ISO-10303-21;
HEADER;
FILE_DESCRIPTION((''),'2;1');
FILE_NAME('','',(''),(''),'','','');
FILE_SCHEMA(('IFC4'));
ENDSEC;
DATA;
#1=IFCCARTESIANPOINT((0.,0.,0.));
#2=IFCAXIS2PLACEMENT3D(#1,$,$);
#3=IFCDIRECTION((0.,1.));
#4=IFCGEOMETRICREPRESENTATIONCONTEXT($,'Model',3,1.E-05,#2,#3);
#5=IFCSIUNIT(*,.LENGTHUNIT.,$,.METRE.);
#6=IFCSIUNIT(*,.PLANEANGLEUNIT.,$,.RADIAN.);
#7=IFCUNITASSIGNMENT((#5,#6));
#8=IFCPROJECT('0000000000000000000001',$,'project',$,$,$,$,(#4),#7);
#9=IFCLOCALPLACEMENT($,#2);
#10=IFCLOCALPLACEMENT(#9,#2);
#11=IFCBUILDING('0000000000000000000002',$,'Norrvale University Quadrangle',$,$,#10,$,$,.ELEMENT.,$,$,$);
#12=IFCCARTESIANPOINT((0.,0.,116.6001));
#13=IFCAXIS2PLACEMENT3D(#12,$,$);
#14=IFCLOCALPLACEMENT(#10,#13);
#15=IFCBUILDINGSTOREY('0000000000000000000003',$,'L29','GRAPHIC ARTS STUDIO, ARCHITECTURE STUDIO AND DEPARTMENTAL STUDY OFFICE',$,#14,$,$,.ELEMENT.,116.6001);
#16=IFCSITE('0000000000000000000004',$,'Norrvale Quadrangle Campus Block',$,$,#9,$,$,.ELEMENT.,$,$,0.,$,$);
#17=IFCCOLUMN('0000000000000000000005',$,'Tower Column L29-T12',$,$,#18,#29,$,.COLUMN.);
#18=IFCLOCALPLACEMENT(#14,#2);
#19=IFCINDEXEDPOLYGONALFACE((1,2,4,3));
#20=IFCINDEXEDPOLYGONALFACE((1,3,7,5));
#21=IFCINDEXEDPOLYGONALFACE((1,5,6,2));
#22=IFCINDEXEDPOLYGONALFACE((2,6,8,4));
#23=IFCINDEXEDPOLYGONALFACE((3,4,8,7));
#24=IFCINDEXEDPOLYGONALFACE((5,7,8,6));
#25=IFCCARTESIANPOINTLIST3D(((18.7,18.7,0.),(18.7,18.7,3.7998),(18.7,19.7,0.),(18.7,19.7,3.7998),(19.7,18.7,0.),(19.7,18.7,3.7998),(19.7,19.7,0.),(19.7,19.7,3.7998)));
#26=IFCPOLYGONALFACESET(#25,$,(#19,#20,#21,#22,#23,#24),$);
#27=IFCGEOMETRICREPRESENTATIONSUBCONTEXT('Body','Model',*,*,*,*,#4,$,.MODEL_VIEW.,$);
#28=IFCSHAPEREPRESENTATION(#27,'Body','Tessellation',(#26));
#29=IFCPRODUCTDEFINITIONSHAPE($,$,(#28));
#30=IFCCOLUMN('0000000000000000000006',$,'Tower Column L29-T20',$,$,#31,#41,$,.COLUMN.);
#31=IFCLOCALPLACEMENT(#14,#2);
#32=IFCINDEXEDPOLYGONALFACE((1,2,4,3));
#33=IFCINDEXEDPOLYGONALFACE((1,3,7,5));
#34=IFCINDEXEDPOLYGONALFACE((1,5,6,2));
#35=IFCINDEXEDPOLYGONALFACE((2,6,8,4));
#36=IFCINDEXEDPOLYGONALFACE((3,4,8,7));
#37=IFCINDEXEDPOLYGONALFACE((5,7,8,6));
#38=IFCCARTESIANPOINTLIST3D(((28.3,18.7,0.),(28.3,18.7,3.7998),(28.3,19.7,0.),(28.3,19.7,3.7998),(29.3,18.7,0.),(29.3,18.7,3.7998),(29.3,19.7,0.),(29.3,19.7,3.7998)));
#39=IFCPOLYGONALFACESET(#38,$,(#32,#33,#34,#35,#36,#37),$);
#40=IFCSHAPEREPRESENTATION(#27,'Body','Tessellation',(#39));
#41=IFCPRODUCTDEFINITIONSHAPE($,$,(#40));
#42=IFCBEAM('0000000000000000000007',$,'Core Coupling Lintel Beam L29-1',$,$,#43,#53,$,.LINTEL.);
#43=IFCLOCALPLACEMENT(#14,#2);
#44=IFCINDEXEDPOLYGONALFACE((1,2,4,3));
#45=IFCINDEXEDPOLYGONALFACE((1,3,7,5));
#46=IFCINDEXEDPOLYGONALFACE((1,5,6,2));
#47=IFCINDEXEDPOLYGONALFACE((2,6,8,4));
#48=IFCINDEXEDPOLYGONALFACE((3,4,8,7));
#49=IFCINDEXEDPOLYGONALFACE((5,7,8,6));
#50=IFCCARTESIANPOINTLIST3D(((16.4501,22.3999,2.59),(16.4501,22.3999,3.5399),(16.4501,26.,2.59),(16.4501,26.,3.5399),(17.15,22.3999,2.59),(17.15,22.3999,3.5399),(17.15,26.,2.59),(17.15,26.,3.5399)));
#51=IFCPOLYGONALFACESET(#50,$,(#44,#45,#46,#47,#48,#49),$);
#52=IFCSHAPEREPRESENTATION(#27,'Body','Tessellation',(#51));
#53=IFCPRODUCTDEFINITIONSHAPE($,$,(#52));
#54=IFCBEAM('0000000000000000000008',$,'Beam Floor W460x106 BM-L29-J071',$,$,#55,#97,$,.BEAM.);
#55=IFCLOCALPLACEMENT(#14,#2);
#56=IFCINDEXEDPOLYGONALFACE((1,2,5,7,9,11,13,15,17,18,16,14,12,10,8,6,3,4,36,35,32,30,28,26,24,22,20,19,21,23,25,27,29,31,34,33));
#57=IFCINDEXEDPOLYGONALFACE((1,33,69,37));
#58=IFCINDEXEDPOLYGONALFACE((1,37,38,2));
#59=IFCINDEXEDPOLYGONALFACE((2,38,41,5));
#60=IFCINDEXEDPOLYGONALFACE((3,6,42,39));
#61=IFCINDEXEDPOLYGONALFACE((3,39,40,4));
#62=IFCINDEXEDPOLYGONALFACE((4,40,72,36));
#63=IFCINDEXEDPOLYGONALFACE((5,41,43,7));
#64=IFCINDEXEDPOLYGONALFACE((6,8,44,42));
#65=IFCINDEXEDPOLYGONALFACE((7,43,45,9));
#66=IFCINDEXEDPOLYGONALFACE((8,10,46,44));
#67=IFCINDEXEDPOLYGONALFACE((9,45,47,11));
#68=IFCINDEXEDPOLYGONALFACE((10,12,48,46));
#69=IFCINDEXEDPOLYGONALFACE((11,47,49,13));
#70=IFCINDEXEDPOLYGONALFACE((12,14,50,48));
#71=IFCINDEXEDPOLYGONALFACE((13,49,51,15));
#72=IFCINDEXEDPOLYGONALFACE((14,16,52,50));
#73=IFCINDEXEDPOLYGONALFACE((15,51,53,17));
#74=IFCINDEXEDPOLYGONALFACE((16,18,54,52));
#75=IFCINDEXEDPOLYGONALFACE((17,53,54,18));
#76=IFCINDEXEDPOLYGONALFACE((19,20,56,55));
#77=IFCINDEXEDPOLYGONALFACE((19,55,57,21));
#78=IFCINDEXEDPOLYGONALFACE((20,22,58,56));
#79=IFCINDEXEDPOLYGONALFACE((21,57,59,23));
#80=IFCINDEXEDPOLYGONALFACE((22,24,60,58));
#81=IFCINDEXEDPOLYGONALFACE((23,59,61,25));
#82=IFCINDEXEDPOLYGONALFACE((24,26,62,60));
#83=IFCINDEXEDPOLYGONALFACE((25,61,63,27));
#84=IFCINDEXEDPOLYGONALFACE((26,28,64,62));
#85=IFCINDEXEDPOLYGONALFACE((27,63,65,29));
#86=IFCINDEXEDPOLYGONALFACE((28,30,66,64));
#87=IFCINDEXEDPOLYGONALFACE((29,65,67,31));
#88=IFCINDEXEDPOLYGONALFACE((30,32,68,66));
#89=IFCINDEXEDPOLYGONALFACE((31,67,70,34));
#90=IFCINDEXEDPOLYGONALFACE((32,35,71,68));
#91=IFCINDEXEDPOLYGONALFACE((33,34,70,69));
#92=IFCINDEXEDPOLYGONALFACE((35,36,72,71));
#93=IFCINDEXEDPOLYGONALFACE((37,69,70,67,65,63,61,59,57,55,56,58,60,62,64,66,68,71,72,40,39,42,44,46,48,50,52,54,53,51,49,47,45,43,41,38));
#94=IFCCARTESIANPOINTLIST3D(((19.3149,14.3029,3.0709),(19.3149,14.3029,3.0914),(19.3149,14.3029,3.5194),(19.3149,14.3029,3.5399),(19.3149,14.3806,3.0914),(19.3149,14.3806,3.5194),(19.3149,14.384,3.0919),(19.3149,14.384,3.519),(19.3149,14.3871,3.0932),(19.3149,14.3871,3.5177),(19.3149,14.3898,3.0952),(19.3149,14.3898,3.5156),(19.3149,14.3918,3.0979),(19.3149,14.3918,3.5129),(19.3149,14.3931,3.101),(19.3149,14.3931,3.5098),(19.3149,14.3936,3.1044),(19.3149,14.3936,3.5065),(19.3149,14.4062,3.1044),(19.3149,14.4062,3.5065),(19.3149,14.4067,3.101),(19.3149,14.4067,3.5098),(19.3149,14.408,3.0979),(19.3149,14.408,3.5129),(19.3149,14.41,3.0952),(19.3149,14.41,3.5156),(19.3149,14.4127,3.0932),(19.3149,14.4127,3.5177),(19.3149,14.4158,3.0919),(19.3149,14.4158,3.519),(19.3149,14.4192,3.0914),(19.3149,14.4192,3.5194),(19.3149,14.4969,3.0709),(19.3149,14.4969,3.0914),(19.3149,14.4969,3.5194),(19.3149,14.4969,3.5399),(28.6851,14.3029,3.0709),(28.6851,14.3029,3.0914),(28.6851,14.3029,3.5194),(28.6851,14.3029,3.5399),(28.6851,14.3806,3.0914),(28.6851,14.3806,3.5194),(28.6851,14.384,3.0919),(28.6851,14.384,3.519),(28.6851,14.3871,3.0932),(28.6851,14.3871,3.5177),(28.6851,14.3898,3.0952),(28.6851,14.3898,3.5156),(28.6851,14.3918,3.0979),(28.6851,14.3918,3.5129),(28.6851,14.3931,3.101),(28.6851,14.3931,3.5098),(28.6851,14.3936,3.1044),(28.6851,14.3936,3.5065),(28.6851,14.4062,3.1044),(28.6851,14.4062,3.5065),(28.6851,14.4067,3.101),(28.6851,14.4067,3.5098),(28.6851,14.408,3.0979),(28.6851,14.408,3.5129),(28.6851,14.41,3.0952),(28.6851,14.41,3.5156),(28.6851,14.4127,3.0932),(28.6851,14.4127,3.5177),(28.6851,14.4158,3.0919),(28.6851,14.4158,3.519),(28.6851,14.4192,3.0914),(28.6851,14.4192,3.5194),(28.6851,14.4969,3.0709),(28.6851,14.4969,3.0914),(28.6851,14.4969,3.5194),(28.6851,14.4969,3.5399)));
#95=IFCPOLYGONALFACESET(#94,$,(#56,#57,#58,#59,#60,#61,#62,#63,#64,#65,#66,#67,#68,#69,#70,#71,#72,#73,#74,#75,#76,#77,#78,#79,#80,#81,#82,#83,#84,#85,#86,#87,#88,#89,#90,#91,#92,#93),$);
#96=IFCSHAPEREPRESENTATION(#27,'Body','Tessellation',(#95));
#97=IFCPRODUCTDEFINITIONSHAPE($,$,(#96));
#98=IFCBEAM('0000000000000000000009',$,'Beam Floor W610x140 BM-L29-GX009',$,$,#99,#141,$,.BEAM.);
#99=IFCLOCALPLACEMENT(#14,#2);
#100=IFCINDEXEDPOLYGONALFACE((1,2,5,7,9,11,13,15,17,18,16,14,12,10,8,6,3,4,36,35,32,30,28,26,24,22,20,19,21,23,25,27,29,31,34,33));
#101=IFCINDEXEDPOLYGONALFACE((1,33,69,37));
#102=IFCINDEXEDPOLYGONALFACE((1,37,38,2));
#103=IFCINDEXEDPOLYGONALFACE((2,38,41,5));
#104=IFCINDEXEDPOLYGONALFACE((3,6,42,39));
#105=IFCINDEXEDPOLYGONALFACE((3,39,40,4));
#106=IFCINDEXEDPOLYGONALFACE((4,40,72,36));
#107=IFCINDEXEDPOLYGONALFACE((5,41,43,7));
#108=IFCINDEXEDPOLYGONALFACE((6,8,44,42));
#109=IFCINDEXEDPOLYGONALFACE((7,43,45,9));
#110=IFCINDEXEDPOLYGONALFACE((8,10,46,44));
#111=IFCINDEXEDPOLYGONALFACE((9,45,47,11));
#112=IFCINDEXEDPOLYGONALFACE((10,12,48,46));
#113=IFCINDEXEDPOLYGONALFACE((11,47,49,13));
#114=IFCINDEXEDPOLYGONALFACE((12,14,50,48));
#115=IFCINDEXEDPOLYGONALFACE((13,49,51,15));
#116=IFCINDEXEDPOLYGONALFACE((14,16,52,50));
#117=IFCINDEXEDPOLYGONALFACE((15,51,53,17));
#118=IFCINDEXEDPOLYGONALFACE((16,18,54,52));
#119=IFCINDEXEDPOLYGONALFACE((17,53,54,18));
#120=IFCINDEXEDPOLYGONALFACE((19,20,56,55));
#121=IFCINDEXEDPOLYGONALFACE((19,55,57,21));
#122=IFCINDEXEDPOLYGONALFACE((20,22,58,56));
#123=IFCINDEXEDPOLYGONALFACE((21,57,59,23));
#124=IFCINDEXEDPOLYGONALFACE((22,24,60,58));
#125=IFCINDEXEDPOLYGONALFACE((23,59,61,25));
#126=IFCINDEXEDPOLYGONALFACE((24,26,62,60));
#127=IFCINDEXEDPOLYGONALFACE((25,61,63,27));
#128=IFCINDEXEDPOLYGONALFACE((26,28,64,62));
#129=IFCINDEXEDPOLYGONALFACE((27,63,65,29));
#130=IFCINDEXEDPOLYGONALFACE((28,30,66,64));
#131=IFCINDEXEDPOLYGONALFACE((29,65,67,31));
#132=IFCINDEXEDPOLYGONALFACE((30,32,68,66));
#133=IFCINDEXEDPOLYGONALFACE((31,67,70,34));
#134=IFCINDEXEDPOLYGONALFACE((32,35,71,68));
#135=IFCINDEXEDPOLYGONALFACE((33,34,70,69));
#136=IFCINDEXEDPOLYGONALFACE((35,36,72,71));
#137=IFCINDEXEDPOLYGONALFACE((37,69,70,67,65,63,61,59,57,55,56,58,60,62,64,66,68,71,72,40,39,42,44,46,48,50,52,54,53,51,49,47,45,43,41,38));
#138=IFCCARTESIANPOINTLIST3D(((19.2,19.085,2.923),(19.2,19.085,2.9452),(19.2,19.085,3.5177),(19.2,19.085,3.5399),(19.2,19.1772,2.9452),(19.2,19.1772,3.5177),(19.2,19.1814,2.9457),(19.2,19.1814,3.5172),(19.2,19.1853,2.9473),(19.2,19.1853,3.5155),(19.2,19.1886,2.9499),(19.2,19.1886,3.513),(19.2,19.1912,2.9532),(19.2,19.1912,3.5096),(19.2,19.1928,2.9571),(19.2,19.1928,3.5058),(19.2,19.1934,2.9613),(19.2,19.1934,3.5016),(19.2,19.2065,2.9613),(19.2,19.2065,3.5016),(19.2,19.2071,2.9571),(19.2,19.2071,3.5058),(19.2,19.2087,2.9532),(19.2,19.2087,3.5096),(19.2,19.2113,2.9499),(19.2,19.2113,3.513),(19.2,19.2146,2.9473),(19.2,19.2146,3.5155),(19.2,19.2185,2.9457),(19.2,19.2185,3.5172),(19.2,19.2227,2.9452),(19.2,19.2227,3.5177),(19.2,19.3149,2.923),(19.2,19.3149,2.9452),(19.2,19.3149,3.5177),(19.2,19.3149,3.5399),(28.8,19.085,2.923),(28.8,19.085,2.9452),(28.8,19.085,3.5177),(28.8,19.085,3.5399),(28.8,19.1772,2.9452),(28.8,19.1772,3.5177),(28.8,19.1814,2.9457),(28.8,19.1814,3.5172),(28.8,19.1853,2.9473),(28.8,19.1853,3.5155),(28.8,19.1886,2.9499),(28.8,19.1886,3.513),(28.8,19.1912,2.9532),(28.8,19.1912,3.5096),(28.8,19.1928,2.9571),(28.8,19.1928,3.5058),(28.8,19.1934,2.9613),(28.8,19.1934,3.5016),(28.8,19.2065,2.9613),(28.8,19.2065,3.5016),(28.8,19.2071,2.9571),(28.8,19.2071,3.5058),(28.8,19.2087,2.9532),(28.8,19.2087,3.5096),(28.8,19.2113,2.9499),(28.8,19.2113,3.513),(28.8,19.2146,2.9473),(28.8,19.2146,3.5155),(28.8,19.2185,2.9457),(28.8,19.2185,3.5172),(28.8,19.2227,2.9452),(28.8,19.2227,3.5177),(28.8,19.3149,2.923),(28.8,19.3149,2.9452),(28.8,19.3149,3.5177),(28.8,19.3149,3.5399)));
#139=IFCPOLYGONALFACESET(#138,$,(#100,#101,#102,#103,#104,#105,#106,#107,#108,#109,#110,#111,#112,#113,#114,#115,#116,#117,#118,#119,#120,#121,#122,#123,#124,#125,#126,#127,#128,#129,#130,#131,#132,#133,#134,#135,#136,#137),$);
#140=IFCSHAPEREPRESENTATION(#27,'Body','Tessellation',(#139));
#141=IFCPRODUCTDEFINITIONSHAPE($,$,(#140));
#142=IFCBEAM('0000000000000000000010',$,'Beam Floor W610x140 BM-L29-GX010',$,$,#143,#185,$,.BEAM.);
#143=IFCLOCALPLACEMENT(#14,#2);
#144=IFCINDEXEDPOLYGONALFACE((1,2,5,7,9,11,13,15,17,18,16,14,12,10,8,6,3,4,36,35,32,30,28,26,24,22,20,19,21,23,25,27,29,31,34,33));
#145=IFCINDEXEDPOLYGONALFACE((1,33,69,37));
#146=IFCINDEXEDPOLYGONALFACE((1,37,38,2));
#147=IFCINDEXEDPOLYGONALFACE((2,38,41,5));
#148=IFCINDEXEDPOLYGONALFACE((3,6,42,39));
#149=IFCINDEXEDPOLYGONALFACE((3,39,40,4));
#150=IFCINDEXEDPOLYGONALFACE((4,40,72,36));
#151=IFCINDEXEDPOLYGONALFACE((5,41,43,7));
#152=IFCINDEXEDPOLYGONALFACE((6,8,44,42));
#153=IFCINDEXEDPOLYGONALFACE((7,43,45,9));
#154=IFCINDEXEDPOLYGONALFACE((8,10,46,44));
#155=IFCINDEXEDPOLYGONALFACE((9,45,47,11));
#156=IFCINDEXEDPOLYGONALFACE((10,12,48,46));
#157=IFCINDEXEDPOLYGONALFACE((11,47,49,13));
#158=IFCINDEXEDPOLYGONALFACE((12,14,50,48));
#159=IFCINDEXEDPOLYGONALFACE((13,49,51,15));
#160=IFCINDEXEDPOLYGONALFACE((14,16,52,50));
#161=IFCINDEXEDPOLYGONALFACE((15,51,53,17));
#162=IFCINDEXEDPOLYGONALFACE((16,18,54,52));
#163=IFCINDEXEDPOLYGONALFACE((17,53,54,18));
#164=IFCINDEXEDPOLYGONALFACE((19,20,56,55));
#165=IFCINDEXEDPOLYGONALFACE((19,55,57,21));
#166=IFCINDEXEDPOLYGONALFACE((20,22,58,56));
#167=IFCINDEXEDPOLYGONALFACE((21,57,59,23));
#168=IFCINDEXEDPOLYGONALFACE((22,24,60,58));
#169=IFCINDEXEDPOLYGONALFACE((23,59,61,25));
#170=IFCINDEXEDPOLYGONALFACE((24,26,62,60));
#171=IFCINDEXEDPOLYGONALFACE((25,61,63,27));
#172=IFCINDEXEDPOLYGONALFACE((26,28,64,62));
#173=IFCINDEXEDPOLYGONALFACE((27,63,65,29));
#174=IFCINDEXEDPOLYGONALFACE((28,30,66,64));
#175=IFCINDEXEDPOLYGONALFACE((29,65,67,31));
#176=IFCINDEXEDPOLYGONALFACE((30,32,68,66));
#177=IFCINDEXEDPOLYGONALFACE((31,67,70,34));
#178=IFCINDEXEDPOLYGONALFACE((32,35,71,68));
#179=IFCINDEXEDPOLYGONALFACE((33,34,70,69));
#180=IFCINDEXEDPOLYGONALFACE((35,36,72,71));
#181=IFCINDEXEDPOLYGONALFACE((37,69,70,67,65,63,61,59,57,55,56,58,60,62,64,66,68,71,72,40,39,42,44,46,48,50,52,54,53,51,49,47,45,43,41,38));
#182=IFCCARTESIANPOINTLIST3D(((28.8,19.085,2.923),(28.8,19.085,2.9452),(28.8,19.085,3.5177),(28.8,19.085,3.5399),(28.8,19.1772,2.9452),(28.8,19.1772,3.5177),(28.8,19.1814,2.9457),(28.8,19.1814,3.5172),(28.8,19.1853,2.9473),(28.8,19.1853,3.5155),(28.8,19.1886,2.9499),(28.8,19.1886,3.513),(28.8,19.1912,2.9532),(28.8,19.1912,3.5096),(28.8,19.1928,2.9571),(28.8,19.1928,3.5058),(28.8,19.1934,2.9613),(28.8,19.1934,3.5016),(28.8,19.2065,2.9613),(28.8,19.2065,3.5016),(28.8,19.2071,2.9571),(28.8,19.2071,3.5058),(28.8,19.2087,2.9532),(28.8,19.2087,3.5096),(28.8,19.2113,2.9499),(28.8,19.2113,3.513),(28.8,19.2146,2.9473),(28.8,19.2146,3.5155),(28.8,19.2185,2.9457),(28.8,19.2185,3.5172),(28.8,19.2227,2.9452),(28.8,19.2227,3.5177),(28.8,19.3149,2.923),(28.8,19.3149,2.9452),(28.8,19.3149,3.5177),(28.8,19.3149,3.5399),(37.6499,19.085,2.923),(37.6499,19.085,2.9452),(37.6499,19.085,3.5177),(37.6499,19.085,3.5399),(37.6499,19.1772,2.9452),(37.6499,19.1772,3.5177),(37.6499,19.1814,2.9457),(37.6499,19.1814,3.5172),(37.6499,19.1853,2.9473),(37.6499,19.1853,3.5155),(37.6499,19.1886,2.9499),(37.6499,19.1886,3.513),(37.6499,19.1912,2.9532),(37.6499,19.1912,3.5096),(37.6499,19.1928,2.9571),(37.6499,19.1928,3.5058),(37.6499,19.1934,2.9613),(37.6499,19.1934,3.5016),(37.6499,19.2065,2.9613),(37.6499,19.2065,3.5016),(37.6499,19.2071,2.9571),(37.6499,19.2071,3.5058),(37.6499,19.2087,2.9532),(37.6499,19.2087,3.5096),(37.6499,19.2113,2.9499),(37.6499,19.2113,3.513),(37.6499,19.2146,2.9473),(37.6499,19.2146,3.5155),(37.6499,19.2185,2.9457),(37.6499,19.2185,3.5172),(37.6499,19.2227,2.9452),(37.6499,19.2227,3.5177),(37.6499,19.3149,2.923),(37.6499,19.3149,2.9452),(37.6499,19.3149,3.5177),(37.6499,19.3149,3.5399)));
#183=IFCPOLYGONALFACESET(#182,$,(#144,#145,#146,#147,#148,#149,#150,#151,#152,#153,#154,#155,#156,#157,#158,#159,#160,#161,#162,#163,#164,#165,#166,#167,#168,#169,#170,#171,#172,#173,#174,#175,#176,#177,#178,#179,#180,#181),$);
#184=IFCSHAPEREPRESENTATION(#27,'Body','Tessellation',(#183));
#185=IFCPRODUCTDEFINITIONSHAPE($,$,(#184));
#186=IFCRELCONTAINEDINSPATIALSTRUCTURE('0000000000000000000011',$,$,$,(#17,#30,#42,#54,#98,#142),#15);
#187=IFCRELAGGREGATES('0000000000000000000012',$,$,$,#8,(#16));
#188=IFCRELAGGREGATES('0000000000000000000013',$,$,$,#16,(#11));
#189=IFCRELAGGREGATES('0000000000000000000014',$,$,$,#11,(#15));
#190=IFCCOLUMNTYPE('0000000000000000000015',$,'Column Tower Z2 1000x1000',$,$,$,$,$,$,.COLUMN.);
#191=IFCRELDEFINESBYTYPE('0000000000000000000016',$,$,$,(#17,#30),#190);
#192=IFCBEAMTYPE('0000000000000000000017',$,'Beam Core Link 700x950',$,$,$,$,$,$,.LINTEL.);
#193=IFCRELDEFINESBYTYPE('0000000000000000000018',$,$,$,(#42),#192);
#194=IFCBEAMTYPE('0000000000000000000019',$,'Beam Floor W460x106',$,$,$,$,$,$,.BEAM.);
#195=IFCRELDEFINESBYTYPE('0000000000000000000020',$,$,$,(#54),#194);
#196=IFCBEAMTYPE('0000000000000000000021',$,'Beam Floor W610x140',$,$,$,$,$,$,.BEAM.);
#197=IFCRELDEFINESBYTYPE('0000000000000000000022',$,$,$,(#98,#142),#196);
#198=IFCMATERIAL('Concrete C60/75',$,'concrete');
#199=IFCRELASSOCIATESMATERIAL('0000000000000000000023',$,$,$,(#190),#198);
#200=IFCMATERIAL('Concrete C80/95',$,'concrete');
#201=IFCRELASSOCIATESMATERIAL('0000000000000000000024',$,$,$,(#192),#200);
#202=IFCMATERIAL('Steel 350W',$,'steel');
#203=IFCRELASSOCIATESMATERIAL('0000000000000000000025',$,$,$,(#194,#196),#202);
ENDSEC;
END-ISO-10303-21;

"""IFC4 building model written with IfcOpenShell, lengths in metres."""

from ifc_helpers import new_model, si_unit, direction, frame, origin, origin_2d, place, context, subcontext, project, spatial, rectangle, i_section, extrude, material, material_profile, profile_set, type_object, element, save


model = new_model("IFC4")

# Units and contexts
model_context = context("Model", 3, precision=1e-05, world=origin(), true_north=direction((0.0, 1.0)))
body_context = subcontext(model_context, "Body", "Model", "MODEL_VIEW")
ifc_project = project(units=[si_unit("LENGTHUNIT", "METRE"), si_unit("PLANEANGLEUNIT", "RADIAN")], contexts=[model_context])

# Site, building, storey
site_placement = place(None, origin())
site = spatial("IfcSite", under=ifc_project, at=site_placement, Name="Norrvale Quadrangle Campus Block", CompositionType="ELEMENT", RefElevation=0.0)
building_placement = place(site_placement, origin())
building = spatial("IfcBuilding", under=site, at=building_placement, Name="Norrvale University Quadrangle", CompositionType="ELEMENT")
storey_placement = place(building_placement, frame((0.0, 0.0, 116.6001)))
storey = spatial("IfcBuildingStorey", under=building, at=storey_placement, Name="L29", Description="GRAPHIC ARTS STUDIO, ARCHITECTURE STUDIO AND DEPARTMENTAL STUDY OFFICE", CompositionType="ELEMENT", Elevation=116.6001)

# Columns
ifc_material_1 = material(Name="Concrete C60/75", Category="concrete")
ifc_material_profile_1 = material_profile(ifc_material_1, rectangle(XDim=1.0, YDim=1.0, at=origin_2d()), Name="Concrete C60/75")
ifc_profile_set_1 = profile_set([ifc_material_profile_1], Name="Concrete C60/75")
column_type = type_object("IfcColumnType", Name="Column Tower Z2 1000x1000", PredefinedType="COLUMN", material=ifc_profile_set_1)
for number, where, z_axis, x_axis, name in (
    (1, (19.2, 19.2, 0.0), (0.0, 0.0, 1.0), (1.0, 0.0, 0.0), "Tower Column L29-T12"),
    (2, (28.8, 19.2, 0.0), (0.0, 0.0, 1.0), (1.0, 0.0, 0.0), "Tower Column L29-T20"),
):
    element("IfcColumn", number, at=place(storey_placement, frame(where, z_axis=z_axis, x_axis=x_axis)), inside=storey, type_object=column_type, Name=name, PredefinedType="COLUMN", context=body_context, shape_type="SweptSolid", body=[
        extrude(rectangle(XDim=1.0, YDim=1.0, at=origin_2d()), origin(), (0.0, 0.0, 1.0), 3.7998),
    ])

# Beams
ifc_material_2 = material(Name="Concrete C80/95", Category="concrete")
ifc_material_profile_2 = material_profile(ifc_material_2, rectangle(XDim=0.7, YDim=0.95, at=origin_2d()), Name="Concrete C80/95")
ifc_profile_set_2 = profile_set([ifc_material_profile_2], Name="Concrete C80/95")
beam_type_1 = type_object("IfcBeamType", Name="Beam Core Link 700x950", PredefinedType="LINTEL", material=ifc_profile_set_2)
beam_1_placement = place(storey_placement, frame((16.8, 22.3999, 3.0649), z_axis=(0.0, 1.0, 0.0), x_axis=(-1.0, 0.0, 0.0)))
element("IfcBeam", 3, at=beam_1_placement, inside=storey, type_object=beam_type_1, Name="Core Coupling Lintel Beam L29-1", PredefinedType="LINTEL", context=body_context, shape_type="SweptSolid", body=[
    extrude(rectangle(XDim=0.7, YDim=0.95, at=origin_2d()), origin(), (0.0, 0.0, 1.0), 3.6001),
])
ifc_material_3 = material(Name="Steel 350W", Category="steel")
ifc_material_profile_3 = material_profile(ifc_material_3, i_section(OverallWidth=0.1941, OverallDepth=0.469, WebThickness=0.0127, FlangeThickness=0.0205, FilletRadius=0.0129, at=origin_2d()), Name="Steel 350W")
ifc_profile_set_3 = profile_set([ifc_material_profile_3], Name="Steel 350W")
beam_type_2 = type_object("IfcBeamType", Name="Beam Floor W460x106", PredefinedType="BEAM", material=ifc_profile_set_3)
beam_2_placement = place(storey_placement, frame((19.3149, 14.3999, 3.3054), z_axis=(1.0, 0.0, 0.0), x_axis=(0.0, 1.0, 0.0)))
element("IfcBeam", 4, at=beam_2_placement, inside=storey, type_object=beam_type_2, Name="Beam Floor W460x106 BM-L29-J071", PredefinedType="BEAM", context=body_context, shape_type="SweptSolid", body=[
    extrude(i_section(OverallWidth=0.1941, OverallDepth=0.469, WebThickness=0.0127, FlangeThickness=0.0205, FilletRadius=0.0129, at=origin_2d()), origin(), (0.0, 0.0, 1.0), 9.3701),
])
ifc_material_profile_4 = material_profile(ifc_material_3, i_section(OverallWidth=0.23, OverallDepth=0.6169, WebThickness=0.0132, FlangeThickness=0.0222, FilletRadius=0.0161, at=origin_2d()), Name="Steel 350W")
ifc_profile_set_4 = profile_set([ifc_material_profile_4], Name="Steel 350W")
beam_type_3 = type_object("IfcBeamType", Name="Beam Floor W610x140", PredefinedType="BEAM", material=ifc_profile_set_4)
beam_3_placement = place(storey_placement, frame((19.2, 19.2, 3.2314), z_axis=(1.0, 0.0, 0.0), x_axis=(0.0, 1.0, 0.0)))
element("IfcBeam", 5, at=beam_3_placement, inside=storey, type_object=beam_type_3, Name="Beam Floor W610x140 BM-L29-GX009", PredefinedType="BEAM", context=body_context, shape_type="SweptSolid", body=[
    extrude(i_section(OverallWidth=0.23, OverallDepth=0.6169, WebThickness=0.0132, FlangeThickness=0.0222, FilletRadius=0.0161, at=origin_2d()), origin(), (0.0, 0.0, 1.0), 9.6001),
])
beam_4_placement = place(storey_placement, frame((28.8, 19.2, 3.2314), z_axis=(1.0, 0.0, 0.0), x_axis=(0.0, 1.0, 0.0)))
element("IfcBeam", 6, at=beam_4_placement, inside=storey, type_object=beam_type_3, Name="Beam Floor W610x140 BM-L29-GX010", PredefinedType="BEAM", context=body_context, shape_type="SweptSolid", body=[
    extrude(i_section(OverallWidth=0.23, OverallDepth=0.6169, WebThickness=0.0132, FlangeThickness=0.0222, FilletRadius=0.0161, at=origin_2d()), origin(), (0.0, 0.0, 1.0), 8.8499),
])

save(model, "model.ifc")
